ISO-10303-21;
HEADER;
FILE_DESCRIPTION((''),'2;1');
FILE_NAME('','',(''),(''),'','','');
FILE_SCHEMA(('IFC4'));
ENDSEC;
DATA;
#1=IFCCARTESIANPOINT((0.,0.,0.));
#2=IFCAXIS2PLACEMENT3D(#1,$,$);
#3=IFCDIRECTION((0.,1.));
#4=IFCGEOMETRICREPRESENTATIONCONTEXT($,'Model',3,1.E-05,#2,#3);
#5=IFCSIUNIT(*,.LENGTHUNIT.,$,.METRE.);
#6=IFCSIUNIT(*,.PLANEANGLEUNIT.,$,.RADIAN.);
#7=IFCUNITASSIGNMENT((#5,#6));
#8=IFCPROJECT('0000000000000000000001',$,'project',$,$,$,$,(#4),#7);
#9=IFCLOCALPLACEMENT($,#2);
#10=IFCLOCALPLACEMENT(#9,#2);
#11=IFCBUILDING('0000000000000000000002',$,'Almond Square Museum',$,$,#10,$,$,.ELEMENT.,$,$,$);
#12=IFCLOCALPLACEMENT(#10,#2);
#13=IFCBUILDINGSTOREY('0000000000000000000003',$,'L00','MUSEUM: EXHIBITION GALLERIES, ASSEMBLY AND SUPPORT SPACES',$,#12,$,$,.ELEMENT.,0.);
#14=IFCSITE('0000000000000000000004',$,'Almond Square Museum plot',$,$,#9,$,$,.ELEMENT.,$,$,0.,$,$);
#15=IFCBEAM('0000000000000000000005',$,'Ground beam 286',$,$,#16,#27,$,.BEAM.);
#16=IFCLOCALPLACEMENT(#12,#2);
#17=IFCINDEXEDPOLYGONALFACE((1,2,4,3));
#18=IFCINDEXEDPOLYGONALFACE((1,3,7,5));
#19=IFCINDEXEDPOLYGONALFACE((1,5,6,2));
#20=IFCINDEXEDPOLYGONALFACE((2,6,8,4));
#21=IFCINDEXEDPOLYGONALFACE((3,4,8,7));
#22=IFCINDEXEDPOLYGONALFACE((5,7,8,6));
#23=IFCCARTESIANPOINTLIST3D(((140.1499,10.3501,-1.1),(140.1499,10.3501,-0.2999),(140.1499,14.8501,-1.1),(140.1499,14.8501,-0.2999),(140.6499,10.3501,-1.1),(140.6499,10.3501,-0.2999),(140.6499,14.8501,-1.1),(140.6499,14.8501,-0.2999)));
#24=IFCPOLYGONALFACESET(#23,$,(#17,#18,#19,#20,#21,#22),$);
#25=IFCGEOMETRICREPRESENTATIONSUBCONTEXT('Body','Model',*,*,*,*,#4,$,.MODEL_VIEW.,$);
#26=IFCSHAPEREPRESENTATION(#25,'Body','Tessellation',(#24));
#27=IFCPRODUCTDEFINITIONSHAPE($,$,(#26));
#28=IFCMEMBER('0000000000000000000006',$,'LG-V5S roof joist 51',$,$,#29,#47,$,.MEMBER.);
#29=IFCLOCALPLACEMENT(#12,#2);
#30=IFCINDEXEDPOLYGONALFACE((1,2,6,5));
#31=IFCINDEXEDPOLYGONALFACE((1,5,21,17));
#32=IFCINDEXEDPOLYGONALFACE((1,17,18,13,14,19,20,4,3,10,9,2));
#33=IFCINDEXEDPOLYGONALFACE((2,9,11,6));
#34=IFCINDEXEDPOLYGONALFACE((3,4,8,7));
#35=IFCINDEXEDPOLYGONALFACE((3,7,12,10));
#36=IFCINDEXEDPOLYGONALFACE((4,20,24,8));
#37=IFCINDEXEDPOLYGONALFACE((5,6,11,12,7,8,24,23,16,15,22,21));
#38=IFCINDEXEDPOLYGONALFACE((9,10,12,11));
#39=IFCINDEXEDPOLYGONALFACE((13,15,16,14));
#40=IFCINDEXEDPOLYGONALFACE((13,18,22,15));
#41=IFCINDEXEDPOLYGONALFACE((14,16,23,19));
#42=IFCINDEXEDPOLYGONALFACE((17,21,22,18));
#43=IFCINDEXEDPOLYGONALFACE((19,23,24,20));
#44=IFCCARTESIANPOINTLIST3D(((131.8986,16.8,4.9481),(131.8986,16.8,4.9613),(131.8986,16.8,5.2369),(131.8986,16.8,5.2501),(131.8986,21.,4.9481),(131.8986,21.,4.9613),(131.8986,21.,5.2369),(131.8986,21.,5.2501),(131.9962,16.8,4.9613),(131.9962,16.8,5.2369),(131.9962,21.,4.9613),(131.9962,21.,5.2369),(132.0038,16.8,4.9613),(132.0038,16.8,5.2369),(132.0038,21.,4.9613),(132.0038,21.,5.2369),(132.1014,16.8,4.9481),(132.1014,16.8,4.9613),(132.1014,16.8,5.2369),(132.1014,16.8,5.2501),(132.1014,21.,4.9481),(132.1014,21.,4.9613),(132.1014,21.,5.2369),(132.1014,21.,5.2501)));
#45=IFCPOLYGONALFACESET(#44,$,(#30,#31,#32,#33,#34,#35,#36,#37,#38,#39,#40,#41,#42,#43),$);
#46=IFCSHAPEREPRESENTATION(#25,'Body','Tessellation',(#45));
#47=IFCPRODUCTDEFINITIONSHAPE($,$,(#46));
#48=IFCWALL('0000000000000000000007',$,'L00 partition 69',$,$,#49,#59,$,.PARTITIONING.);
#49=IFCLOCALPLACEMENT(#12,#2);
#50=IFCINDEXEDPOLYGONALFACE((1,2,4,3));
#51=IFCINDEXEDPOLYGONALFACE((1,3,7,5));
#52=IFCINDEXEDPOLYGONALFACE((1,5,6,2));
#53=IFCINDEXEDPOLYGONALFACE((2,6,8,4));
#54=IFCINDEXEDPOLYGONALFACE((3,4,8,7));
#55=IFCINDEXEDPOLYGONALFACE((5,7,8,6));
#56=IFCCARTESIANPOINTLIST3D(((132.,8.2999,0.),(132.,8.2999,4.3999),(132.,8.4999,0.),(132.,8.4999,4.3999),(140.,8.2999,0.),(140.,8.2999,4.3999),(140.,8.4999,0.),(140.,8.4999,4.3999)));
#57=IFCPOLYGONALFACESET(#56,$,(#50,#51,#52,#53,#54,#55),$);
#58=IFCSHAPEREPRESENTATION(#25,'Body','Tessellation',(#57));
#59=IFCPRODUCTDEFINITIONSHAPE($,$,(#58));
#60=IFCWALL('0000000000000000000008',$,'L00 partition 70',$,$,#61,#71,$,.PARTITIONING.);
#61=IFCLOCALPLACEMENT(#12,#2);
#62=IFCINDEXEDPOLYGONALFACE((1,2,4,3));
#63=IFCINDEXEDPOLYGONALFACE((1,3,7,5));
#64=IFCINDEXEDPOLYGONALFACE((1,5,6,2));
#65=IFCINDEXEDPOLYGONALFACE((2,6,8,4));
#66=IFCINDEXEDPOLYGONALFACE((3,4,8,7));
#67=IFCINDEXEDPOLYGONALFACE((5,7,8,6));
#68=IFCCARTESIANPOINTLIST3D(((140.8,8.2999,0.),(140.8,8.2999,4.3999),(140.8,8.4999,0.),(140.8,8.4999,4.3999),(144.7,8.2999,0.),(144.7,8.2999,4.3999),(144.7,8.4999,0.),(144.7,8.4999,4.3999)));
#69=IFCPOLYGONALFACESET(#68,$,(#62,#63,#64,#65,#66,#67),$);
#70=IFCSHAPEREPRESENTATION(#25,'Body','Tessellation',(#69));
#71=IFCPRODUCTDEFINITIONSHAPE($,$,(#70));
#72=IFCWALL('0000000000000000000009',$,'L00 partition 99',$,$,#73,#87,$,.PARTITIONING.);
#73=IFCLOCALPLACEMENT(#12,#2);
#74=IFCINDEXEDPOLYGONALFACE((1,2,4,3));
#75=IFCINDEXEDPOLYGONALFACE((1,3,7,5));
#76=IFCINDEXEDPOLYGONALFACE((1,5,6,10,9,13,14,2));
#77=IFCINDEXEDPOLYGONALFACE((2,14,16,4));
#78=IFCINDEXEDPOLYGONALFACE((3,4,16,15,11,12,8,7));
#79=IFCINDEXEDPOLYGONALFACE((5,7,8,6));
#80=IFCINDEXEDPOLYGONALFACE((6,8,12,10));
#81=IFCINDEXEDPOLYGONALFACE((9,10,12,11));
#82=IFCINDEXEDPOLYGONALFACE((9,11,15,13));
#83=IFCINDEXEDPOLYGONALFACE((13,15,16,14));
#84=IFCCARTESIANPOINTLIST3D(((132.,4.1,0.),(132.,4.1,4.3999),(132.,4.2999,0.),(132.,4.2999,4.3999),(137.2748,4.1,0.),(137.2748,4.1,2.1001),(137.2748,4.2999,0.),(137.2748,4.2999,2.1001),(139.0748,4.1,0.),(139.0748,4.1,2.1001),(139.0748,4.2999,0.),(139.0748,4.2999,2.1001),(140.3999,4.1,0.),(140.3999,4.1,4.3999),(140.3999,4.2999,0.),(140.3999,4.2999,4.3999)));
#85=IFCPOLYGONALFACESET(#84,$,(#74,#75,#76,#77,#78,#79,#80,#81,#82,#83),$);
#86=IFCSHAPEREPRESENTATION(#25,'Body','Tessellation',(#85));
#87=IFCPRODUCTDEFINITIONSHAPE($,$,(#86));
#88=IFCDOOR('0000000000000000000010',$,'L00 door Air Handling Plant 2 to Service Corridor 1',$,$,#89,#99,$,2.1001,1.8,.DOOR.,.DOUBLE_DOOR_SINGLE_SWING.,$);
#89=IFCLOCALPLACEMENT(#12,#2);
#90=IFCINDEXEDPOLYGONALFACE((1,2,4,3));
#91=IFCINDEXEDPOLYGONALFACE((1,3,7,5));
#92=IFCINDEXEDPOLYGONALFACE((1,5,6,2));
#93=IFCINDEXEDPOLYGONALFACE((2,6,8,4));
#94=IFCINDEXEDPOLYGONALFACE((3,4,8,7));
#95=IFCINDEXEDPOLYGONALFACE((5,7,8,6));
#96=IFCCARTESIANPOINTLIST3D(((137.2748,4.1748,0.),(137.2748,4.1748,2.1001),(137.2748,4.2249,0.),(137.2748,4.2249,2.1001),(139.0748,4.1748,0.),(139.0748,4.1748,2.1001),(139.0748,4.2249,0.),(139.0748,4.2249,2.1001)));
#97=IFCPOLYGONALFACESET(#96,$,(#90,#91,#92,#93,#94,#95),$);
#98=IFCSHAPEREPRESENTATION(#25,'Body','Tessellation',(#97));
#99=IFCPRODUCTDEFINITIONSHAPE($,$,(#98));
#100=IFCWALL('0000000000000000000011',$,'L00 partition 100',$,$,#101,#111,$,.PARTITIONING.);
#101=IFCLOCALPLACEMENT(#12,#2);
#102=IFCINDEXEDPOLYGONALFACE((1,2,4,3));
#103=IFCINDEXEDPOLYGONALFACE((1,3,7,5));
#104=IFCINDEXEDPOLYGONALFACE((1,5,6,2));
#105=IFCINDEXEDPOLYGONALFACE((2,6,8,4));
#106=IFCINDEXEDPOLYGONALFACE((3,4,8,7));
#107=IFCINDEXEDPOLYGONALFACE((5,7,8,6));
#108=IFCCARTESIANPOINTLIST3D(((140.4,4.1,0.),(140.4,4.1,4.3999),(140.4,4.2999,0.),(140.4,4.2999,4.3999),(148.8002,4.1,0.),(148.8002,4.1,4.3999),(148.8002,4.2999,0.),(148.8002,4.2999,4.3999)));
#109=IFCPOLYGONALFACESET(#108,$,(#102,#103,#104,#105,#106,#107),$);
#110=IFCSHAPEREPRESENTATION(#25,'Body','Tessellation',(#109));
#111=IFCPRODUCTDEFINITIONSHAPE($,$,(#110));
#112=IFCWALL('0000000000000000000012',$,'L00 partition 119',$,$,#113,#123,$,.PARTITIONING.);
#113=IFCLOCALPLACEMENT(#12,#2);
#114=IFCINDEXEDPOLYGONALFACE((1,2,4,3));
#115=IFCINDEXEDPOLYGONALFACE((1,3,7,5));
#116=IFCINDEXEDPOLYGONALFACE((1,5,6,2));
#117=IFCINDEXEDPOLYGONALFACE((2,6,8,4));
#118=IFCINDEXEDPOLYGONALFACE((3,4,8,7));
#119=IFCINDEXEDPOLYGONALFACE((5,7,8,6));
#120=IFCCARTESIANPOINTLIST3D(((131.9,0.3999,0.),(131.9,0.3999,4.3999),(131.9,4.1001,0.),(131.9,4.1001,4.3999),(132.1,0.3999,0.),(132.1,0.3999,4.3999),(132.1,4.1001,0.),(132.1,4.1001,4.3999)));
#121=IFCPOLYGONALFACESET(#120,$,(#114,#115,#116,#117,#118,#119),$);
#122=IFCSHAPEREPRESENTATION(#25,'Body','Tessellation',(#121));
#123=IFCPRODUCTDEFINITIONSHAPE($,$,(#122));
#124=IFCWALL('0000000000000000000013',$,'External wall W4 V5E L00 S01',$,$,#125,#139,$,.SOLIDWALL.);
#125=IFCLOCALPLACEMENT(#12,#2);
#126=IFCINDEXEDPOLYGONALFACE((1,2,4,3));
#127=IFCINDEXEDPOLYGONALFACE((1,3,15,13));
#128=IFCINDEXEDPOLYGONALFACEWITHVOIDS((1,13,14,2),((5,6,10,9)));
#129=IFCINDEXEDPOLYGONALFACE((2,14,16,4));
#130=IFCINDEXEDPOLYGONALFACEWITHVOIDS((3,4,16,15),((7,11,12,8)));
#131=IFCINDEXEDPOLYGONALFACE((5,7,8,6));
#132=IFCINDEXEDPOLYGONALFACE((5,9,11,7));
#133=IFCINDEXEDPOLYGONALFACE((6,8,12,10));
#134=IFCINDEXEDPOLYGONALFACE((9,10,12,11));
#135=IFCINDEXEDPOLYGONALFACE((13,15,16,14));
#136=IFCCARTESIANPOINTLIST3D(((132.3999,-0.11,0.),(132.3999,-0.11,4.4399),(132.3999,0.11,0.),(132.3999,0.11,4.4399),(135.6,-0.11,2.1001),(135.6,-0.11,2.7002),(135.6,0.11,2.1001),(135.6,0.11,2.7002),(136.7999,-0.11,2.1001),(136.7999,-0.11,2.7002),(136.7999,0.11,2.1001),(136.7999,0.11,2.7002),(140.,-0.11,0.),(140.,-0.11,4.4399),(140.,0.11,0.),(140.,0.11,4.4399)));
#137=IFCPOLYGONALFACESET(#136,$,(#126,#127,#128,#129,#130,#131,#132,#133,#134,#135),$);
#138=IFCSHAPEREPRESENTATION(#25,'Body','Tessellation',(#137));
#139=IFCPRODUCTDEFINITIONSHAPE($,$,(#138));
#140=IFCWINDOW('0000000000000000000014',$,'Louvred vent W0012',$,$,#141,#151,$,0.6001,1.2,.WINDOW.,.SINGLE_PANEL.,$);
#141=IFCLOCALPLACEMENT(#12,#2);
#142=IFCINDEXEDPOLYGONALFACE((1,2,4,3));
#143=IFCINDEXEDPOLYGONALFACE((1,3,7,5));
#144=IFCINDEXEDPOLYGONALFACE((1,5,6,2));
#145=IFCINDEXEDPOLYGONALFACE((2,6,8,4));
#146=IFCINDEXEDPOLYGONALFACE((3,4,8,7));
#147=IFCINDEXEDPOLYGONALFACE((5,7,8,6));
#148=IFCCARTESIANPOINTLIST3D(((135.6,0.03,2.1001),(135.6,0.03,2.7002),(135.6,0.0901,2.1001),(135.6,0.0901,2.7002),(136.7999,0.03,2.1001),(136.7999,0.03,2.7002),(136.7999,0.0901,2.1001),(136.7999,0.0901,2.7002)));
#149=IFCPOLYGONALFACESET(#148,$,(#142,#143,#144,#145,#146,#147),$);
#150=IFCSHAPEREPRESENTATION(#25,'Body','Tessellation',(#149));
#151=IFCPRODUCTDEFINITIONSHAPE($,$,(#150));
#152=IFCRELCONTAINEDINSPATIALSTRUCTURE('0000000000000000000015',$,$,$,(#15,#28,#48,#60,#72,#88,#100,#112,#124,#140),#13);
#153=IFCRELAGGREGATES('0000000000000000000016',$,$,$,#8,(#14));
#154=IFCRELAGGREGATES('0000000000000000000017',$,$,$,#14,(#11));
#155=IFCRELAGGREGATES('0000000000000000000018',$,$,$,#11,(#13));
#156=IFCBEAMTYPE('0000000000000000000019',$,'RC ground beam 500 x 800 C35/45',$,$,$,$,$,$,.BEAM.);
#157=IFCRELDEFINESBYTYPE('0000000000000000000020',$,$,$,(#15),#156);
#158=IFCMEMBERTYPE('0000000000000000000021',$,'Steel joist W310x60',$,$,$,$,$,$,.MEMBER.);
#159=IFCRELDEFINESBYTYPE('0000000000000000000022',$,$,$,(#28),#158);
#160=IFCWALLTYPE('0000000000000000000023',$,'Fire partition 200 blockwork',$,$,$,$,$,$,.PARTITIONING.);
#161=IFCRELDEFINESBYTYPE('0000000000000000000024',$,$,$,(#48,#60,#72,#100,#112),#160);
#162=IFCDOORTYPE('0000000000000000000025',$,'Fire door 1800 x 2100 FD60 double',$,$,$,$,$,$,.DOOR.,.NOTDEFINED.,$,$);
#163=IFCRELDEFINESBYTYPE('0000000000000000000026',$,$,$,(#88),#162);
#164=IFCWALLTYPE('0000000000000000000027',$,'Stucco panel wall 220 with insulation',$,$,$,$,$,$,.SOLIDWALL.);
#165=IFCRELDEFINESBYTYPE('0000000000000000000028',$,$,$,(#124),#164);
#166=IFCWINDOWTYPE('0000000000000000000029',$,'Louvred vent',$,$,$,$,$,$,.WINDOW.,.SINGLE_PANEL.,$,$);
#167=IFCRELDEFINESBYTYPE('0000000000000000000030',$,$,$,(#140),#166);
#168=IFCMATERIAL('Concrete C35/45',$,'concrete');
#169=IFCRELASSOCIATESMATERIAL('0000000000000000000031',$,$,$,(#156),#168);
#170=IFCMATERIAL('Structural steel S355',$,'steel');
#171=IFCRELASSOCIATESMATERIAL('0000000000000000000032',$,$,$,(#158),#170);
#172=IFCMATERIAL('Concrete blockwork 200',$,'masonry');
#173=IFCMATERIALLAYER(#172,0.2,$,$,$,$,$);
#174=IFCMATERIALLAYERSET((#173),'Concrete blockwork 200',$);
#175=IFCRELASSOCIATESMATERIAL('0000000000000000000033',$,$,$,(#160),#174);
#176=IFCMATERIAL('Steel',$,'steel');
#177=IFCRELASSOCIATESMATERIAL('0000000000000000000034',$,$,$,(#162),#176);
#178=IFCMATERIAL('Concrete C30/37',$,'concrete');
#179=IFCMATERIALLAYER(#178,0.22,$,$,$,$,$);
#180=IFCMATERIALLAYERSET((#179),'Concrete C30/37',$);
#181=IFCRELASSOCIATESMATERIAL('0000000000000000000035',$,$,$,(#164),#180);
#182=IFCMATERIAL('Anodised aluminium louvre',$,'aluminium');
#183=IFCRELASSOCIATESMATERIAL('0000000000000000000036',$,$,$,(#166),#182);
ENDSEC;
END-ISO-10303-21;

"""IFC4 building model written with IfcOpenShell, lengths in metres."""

from ifc_helpers import new_model, si_unit, direction, frame, frame_2d, origin, origin_2d, place, context, subcontext, project, spatial, rectangle, i_section, extrude, material, layer, layer_set, material_profile, profile_set, type_object, element, fill, save


model = new_model("IFC4")

# Units and contexts
model_context = context("Model", 3, precision=1e-05, world=origin(), true_north=direction((0.0, 1.0)))
body_context = subcontext(model_context, "Body", "Model", "MODEL_VIEW")
ifc_project = project(units=[si_unit("LENGTHUNIT", "METRE"), si_unit("PLANEANGLEUNIT", "RADIAN")], contexts=[model_context])

# Site, building, storey
site_placement = place(None, origin())
site = spatial("IfcSite", under=ifc_project, at=site_placement, Name="Almond Square Museum plot", CompositionType="ELEMENT", RefElevation=0.0)
building_placement = place(site_placement, origin())
building = spatial("IfcBuilding", under=site, at=building_placement, Name="Almond Square Museum", CompositionType="ELEMENT")
storey_placement = place(building_placement, origin())
storey = spatial("IfcBuildingStorey", under=building, at=storey_placement, Name="L00", Description="MUSEUM: EXHIBITION GALLERIES, ASSEMBLY AND SUPPORT SPACES", CompositionType="ELEMENT", Elevation=0.0)

# Beam
ifc_material_1 = material(Name="Concrete C35/45", Category="concrete")
ifc_material_profile_1 = material_profile(ifc_material_1, rectangle(XDim=0.5, YDim=0.8, at=origin_2d()))
ifc_profile_set_1 = profile_set([ifc_material_profile_1], Name="Concrete C35/45")
beam_type = type_object("IfcBeamType", Name="RC ground beam 500 x 800 C35/45", PredefinedType="BEAM", material=ifc_profile_set_1)
beam_1_placement = place(storey_placement, frame((140.3999, 10.3501, -0.7), z_axis=(0.0, 1.0, 0.0), x_axis=(-1.0, 0.0, 0.0)))
element("IfcBeam", 1, at=beam_1_placement, inside=storey, type_object=beam_type, Name="Ground beam 286", PredefinedType="BEAM", context=body_context, shape_type="SweptSolid", body=[
    extrude(rectangle(XDim=0.5, YDim=0.8, at=origin_2d()), origin(), (0.0, 0.0, 1.0), 4.5),
])

# Member
ifc_material_2 = material(Name="Structural steel S355", Category="steel")
ifc_material_profile_2 = material_profile(ifc_material_2, i_section(OverallWidth=0.2029, OverallDepth=0.302, WebThickness=0.0076, FlangeThickness=0.0132, at=origin_2d()))
ifc_profile_set_2 = profile_set([ifc_material_profile_2], Name="Structural steel S355")
member_type = type_object("IfcMemberType", Name="Steel joist W310x60", PredefinedType="MEMBER", material=ifc_profile_set_2)
member_placement = place(storey_placement, frame((132.0, 16.8, 5.0991), z_axis=(0.0, 1.0, 0.0), x_axis=(-1.0, 0.0, 0.0)))
element("IfcMember", 2, at=member_placement, inside=storey, type_object=member_type, Name="LG-V5S roof joist 51", PredefinedType="MEMBER", context=body_context, shape_type="SweptSolid", body=[
    extrude(i_section(OverallWidth=0.2029, OverallDepth=0.302, WebThickness=0.0076, FlangeThickness=0.0132, at=origin_2d()), origin(), (0.0, 0.0, 1.0), 4.2),
])

# Walls
ifc_material_3 = material(Name="Concrete blockwork 200", Category="masonry")
ifc_layer_1 = layer(ifc_material_3, 0.2)
ifc_layer_set_1 = layer_set([ifc_layer_1], Name="Concrete blockwork 200")
wall_type_1 = type_object("IfcWallType", Name="Fire partition 200 blockwork", PredefinedType="PARTITIONING", material=ifc_layer_set_1)
wall_1_placement = place(storey_placement, frame((132.0, 8.3999, 0.0), z_axis=(0.0, 0.0, 1.0), x_axis=(1.0, 0.0, 0.0)))
element("IfcWall", 3, at=wall_1_placement, inside=storey, type_object=wall_type_1, Name="L00 partition 69", PredefinedType="PARTITIONING", context=body_context, shape_type="SweptSolid", body=[
    extrude(rectangle(XDim=8.0, YDim=0.2, at=frame_2d((4.0, 0.0))), origin(), (0.0, 0.0, 1.0), 4.3999),
])
wall_2_placement = place(storey_placement, frame((140.8, 8.3999, 0.0), z_axis=(0.0, 0.0, 1.0), x_axis=(1.0, 0.0, 0.0)))
element("IfcWall", 4, at=wall_2_placement, inside=storey, type_object=wall_type_1, Name="L00 partition 70", PredefinedType="PARTITIONING", context=body_context, shape_type="SweptSolid", body=[
    extrude(rectangle(XDim=3.8999, YDim=0.2, at=frame_2d((1.95, 0.0))), origin(), (0.0, 0.0, 1.0), 4.3999),
])

# Wall, opening, door
wall_3_placement = place(storey_placement, frame((132.0, 4.2, 0.0), z_axis=(0.0, 0.0, 1.0), x_axis=(1.0, 0.0, 0.0)))
wall_3 = element("IfcWall", 5, at=wall_3_placement, inside=storey, type_object=wall_type_1, Name="L00 partition 99", PredefinedType="PARTITIONING", context=body_context, shape_type="SweptSolid", body=[
    extrude(rectangle(XDim=8.3999, YDim=0.2, at=frame_2d((4.2, 0.0))), origin(), (0.0, 0.0, 1.0), 4.3999),
])
opening_1_placement = place(wall_3_placement, frame((5.2749, 0.0, 0.0)))
opening_1 = element("IfcOpeningElement", 6, at=opening_1_placement, cuts=wall_3, PredefinedType="OPENING", context=body_context, shape_type="SweptSolid", body=[
    extrude(rectangle(XDim=1.8, YDim=2.1001, at=frame_2d((0.8999, 1.05))), frame((0.0, 0.1099, 0.0), z_axis=(0.0, -1.0, 0.0), x_axis=(1.0, 0.0, 0.0)), (0.0, 0.0, 1.0), 0.22),
])
ifc_material_4 = material(Name="Steel", Category="steel")
door_type = type_object("IfcDoorType", Name="Fire door 1800 x 2100 FD60 double", OperationType="NOTDEFINED", PredefinedType="DOOR", material=ifc_material_4)
door_placement = place(opening_1_placement, origin())
door = element("IfcDoor", 7, at=door_placement, inside=storey, type_object=door_type, Name="L00 door Air Handling Plant 2 to Service Corridor 1", OperationType="DOUBLE_DOOR_SINGLE_SWING", OverallHeight=2.1001, OverallWidth=1.8, PredefinedType="DOOR", context=body_context, shape_type="SweptSolid", body=[
    extrude(rectangle(XDim=1.8, YDim=2.1001, at=frame_2d((0.8999, 1.05))), frame((0.0, 0.0249, 0.0), z_axis=(0.0, -1.0, 0.0), x_axis=(1.0, 0.0, 0.0)), (0.0, 0.0, 1.0), 0.05),
])
fill(opening_1, door)

# Walls
wall_4_placement = place(storey_placement, frame((140.3999, 4.2, 0.0), z_axis=(0.0, 0.0, 1.0), x_axis=(1.0, 0.0, 0.0)))
element("IfcWall", 8, at=wall_4_placement, inside=storey, type_object=wall_type_1, Name="L00 partition 100", PredefinedType="PARTITIONING", context=body_context, shape_type="SweptSolid", body=[
    extrude(rectangle(XDim=8.4001, YDim=0.2, at=frame_2d((4.2002, 0.0))), origin(), (0.0, 0.0, 1.0), 4.3999),
])
wall_5_placement = place(storey_placement, frame((132.0, 0.3999, 0.0), z_axis=(0.0, 0.0, 1.0), x_axis=(0.0, 1.0, 0.0)))
element("IfcWall", 9, at=wall_5_placement, inside=storey, type_object=wall_type_1, Name="L00 partition 119", PredefinedType="PARTITIONING", context=body_context, shape_type="SweptSolid", body=[
    extrude(rectangle(XDim=3.7002, YDim=0.2, at=frame_2d((1.8501, 0.0))), origin(), (0.0, 0.0, 1.0), 4.3999),
])

# Wall, opening, window
ifc_material_5 = material(Name="Concrete C30/37", Category="concrete")
ifc_layer_2 = layer(ifc_material_5, 0.22)
ifc_layer_set_2 = layer_set([ifc_layer_2], Name="Concrete C30/37")
wall_type_2 = type_object("IfcWallType", Name="Stucco panel wall 220 with insulation", PredefinedType="SOLIDWALL", material=ifc_layer_set_2)
wall_6_placement = place(storey_placement, frame((132.3999, 0.0, 0.0), z_axis=(0.0, 0.0, 1.0), x_axis=(1.0, 0.0, 0.0)))
wall_6 = element("IfcWall", 10, at=wall_6_placement, inside=storey, type_object=wall_type_2, Name="External wall W4 V5E L00 S01", PredefinedType="SOLIDWALL", context=body_context, shape_type="SweptSolid", body=[
    extrude(rectangle(XDim=7.6001, YDim=0.22, at=frame_2d((3.8, 0.0))), origin(), (0.0, 0.0, 1.0), 4.4399),
])
opening_2_placement = place(wall_6_placement, frame((3.2, 0.0, 2.1001)))
opening_2 = element("IfcOpeningElement", 11, at=opening_2_placement, cuts=wall_6, PredefinedType="OPENING", context=body_context, shape_type="SweptSolid", body=[
    extrude(rectangle(XDim=1.2, YDim=0.6001, at=frame_2d((0.6001, 0.3))), frame((0.0, 0.1199, 0.0), z_axis=(0.0, -1.0, 0.0), x_axis=(1.0, 0.0, 0.0)), (0.0, 0.0, 1.0), 0.24),
])
ifc_material_6 = material(Name="Anodised aluminium louvre", Category="aluminium")
window_type = type_object("IfcWindowType", Name="Louvred vent", PartitioningType="SINGLE_PANEL", PredefinedType="WINDOW", material=ifc_material_6)
window_1_placement = place(opening_2_placement, origin())
window_1 = element("IfcWindow", 12, at=window_1_placement, inside=storey, type_object=window_type, Name="Louvred vent W0012", OverallHeight=0.6001, OverallWidth=1.2, PartitioningType="SINGLE_PANEL", PredefinedType="WINDOW", context=body_context, shape_type="SweptSolid", body=[
    extrude(rectangle(XDim=1.2, YDim=0.6001, at=frame_2d((0.6001, 0.3))), frame((0.0, 0.0901, 0.0), z_axis=(0.0, -1.0, 0.0), x_axis=(1.0, 0.0, 0.0)), (0.0, 0.0, 1.0), 0.0601),
])
fill(opening_2, window_1)

save(model, "model.ifc")
